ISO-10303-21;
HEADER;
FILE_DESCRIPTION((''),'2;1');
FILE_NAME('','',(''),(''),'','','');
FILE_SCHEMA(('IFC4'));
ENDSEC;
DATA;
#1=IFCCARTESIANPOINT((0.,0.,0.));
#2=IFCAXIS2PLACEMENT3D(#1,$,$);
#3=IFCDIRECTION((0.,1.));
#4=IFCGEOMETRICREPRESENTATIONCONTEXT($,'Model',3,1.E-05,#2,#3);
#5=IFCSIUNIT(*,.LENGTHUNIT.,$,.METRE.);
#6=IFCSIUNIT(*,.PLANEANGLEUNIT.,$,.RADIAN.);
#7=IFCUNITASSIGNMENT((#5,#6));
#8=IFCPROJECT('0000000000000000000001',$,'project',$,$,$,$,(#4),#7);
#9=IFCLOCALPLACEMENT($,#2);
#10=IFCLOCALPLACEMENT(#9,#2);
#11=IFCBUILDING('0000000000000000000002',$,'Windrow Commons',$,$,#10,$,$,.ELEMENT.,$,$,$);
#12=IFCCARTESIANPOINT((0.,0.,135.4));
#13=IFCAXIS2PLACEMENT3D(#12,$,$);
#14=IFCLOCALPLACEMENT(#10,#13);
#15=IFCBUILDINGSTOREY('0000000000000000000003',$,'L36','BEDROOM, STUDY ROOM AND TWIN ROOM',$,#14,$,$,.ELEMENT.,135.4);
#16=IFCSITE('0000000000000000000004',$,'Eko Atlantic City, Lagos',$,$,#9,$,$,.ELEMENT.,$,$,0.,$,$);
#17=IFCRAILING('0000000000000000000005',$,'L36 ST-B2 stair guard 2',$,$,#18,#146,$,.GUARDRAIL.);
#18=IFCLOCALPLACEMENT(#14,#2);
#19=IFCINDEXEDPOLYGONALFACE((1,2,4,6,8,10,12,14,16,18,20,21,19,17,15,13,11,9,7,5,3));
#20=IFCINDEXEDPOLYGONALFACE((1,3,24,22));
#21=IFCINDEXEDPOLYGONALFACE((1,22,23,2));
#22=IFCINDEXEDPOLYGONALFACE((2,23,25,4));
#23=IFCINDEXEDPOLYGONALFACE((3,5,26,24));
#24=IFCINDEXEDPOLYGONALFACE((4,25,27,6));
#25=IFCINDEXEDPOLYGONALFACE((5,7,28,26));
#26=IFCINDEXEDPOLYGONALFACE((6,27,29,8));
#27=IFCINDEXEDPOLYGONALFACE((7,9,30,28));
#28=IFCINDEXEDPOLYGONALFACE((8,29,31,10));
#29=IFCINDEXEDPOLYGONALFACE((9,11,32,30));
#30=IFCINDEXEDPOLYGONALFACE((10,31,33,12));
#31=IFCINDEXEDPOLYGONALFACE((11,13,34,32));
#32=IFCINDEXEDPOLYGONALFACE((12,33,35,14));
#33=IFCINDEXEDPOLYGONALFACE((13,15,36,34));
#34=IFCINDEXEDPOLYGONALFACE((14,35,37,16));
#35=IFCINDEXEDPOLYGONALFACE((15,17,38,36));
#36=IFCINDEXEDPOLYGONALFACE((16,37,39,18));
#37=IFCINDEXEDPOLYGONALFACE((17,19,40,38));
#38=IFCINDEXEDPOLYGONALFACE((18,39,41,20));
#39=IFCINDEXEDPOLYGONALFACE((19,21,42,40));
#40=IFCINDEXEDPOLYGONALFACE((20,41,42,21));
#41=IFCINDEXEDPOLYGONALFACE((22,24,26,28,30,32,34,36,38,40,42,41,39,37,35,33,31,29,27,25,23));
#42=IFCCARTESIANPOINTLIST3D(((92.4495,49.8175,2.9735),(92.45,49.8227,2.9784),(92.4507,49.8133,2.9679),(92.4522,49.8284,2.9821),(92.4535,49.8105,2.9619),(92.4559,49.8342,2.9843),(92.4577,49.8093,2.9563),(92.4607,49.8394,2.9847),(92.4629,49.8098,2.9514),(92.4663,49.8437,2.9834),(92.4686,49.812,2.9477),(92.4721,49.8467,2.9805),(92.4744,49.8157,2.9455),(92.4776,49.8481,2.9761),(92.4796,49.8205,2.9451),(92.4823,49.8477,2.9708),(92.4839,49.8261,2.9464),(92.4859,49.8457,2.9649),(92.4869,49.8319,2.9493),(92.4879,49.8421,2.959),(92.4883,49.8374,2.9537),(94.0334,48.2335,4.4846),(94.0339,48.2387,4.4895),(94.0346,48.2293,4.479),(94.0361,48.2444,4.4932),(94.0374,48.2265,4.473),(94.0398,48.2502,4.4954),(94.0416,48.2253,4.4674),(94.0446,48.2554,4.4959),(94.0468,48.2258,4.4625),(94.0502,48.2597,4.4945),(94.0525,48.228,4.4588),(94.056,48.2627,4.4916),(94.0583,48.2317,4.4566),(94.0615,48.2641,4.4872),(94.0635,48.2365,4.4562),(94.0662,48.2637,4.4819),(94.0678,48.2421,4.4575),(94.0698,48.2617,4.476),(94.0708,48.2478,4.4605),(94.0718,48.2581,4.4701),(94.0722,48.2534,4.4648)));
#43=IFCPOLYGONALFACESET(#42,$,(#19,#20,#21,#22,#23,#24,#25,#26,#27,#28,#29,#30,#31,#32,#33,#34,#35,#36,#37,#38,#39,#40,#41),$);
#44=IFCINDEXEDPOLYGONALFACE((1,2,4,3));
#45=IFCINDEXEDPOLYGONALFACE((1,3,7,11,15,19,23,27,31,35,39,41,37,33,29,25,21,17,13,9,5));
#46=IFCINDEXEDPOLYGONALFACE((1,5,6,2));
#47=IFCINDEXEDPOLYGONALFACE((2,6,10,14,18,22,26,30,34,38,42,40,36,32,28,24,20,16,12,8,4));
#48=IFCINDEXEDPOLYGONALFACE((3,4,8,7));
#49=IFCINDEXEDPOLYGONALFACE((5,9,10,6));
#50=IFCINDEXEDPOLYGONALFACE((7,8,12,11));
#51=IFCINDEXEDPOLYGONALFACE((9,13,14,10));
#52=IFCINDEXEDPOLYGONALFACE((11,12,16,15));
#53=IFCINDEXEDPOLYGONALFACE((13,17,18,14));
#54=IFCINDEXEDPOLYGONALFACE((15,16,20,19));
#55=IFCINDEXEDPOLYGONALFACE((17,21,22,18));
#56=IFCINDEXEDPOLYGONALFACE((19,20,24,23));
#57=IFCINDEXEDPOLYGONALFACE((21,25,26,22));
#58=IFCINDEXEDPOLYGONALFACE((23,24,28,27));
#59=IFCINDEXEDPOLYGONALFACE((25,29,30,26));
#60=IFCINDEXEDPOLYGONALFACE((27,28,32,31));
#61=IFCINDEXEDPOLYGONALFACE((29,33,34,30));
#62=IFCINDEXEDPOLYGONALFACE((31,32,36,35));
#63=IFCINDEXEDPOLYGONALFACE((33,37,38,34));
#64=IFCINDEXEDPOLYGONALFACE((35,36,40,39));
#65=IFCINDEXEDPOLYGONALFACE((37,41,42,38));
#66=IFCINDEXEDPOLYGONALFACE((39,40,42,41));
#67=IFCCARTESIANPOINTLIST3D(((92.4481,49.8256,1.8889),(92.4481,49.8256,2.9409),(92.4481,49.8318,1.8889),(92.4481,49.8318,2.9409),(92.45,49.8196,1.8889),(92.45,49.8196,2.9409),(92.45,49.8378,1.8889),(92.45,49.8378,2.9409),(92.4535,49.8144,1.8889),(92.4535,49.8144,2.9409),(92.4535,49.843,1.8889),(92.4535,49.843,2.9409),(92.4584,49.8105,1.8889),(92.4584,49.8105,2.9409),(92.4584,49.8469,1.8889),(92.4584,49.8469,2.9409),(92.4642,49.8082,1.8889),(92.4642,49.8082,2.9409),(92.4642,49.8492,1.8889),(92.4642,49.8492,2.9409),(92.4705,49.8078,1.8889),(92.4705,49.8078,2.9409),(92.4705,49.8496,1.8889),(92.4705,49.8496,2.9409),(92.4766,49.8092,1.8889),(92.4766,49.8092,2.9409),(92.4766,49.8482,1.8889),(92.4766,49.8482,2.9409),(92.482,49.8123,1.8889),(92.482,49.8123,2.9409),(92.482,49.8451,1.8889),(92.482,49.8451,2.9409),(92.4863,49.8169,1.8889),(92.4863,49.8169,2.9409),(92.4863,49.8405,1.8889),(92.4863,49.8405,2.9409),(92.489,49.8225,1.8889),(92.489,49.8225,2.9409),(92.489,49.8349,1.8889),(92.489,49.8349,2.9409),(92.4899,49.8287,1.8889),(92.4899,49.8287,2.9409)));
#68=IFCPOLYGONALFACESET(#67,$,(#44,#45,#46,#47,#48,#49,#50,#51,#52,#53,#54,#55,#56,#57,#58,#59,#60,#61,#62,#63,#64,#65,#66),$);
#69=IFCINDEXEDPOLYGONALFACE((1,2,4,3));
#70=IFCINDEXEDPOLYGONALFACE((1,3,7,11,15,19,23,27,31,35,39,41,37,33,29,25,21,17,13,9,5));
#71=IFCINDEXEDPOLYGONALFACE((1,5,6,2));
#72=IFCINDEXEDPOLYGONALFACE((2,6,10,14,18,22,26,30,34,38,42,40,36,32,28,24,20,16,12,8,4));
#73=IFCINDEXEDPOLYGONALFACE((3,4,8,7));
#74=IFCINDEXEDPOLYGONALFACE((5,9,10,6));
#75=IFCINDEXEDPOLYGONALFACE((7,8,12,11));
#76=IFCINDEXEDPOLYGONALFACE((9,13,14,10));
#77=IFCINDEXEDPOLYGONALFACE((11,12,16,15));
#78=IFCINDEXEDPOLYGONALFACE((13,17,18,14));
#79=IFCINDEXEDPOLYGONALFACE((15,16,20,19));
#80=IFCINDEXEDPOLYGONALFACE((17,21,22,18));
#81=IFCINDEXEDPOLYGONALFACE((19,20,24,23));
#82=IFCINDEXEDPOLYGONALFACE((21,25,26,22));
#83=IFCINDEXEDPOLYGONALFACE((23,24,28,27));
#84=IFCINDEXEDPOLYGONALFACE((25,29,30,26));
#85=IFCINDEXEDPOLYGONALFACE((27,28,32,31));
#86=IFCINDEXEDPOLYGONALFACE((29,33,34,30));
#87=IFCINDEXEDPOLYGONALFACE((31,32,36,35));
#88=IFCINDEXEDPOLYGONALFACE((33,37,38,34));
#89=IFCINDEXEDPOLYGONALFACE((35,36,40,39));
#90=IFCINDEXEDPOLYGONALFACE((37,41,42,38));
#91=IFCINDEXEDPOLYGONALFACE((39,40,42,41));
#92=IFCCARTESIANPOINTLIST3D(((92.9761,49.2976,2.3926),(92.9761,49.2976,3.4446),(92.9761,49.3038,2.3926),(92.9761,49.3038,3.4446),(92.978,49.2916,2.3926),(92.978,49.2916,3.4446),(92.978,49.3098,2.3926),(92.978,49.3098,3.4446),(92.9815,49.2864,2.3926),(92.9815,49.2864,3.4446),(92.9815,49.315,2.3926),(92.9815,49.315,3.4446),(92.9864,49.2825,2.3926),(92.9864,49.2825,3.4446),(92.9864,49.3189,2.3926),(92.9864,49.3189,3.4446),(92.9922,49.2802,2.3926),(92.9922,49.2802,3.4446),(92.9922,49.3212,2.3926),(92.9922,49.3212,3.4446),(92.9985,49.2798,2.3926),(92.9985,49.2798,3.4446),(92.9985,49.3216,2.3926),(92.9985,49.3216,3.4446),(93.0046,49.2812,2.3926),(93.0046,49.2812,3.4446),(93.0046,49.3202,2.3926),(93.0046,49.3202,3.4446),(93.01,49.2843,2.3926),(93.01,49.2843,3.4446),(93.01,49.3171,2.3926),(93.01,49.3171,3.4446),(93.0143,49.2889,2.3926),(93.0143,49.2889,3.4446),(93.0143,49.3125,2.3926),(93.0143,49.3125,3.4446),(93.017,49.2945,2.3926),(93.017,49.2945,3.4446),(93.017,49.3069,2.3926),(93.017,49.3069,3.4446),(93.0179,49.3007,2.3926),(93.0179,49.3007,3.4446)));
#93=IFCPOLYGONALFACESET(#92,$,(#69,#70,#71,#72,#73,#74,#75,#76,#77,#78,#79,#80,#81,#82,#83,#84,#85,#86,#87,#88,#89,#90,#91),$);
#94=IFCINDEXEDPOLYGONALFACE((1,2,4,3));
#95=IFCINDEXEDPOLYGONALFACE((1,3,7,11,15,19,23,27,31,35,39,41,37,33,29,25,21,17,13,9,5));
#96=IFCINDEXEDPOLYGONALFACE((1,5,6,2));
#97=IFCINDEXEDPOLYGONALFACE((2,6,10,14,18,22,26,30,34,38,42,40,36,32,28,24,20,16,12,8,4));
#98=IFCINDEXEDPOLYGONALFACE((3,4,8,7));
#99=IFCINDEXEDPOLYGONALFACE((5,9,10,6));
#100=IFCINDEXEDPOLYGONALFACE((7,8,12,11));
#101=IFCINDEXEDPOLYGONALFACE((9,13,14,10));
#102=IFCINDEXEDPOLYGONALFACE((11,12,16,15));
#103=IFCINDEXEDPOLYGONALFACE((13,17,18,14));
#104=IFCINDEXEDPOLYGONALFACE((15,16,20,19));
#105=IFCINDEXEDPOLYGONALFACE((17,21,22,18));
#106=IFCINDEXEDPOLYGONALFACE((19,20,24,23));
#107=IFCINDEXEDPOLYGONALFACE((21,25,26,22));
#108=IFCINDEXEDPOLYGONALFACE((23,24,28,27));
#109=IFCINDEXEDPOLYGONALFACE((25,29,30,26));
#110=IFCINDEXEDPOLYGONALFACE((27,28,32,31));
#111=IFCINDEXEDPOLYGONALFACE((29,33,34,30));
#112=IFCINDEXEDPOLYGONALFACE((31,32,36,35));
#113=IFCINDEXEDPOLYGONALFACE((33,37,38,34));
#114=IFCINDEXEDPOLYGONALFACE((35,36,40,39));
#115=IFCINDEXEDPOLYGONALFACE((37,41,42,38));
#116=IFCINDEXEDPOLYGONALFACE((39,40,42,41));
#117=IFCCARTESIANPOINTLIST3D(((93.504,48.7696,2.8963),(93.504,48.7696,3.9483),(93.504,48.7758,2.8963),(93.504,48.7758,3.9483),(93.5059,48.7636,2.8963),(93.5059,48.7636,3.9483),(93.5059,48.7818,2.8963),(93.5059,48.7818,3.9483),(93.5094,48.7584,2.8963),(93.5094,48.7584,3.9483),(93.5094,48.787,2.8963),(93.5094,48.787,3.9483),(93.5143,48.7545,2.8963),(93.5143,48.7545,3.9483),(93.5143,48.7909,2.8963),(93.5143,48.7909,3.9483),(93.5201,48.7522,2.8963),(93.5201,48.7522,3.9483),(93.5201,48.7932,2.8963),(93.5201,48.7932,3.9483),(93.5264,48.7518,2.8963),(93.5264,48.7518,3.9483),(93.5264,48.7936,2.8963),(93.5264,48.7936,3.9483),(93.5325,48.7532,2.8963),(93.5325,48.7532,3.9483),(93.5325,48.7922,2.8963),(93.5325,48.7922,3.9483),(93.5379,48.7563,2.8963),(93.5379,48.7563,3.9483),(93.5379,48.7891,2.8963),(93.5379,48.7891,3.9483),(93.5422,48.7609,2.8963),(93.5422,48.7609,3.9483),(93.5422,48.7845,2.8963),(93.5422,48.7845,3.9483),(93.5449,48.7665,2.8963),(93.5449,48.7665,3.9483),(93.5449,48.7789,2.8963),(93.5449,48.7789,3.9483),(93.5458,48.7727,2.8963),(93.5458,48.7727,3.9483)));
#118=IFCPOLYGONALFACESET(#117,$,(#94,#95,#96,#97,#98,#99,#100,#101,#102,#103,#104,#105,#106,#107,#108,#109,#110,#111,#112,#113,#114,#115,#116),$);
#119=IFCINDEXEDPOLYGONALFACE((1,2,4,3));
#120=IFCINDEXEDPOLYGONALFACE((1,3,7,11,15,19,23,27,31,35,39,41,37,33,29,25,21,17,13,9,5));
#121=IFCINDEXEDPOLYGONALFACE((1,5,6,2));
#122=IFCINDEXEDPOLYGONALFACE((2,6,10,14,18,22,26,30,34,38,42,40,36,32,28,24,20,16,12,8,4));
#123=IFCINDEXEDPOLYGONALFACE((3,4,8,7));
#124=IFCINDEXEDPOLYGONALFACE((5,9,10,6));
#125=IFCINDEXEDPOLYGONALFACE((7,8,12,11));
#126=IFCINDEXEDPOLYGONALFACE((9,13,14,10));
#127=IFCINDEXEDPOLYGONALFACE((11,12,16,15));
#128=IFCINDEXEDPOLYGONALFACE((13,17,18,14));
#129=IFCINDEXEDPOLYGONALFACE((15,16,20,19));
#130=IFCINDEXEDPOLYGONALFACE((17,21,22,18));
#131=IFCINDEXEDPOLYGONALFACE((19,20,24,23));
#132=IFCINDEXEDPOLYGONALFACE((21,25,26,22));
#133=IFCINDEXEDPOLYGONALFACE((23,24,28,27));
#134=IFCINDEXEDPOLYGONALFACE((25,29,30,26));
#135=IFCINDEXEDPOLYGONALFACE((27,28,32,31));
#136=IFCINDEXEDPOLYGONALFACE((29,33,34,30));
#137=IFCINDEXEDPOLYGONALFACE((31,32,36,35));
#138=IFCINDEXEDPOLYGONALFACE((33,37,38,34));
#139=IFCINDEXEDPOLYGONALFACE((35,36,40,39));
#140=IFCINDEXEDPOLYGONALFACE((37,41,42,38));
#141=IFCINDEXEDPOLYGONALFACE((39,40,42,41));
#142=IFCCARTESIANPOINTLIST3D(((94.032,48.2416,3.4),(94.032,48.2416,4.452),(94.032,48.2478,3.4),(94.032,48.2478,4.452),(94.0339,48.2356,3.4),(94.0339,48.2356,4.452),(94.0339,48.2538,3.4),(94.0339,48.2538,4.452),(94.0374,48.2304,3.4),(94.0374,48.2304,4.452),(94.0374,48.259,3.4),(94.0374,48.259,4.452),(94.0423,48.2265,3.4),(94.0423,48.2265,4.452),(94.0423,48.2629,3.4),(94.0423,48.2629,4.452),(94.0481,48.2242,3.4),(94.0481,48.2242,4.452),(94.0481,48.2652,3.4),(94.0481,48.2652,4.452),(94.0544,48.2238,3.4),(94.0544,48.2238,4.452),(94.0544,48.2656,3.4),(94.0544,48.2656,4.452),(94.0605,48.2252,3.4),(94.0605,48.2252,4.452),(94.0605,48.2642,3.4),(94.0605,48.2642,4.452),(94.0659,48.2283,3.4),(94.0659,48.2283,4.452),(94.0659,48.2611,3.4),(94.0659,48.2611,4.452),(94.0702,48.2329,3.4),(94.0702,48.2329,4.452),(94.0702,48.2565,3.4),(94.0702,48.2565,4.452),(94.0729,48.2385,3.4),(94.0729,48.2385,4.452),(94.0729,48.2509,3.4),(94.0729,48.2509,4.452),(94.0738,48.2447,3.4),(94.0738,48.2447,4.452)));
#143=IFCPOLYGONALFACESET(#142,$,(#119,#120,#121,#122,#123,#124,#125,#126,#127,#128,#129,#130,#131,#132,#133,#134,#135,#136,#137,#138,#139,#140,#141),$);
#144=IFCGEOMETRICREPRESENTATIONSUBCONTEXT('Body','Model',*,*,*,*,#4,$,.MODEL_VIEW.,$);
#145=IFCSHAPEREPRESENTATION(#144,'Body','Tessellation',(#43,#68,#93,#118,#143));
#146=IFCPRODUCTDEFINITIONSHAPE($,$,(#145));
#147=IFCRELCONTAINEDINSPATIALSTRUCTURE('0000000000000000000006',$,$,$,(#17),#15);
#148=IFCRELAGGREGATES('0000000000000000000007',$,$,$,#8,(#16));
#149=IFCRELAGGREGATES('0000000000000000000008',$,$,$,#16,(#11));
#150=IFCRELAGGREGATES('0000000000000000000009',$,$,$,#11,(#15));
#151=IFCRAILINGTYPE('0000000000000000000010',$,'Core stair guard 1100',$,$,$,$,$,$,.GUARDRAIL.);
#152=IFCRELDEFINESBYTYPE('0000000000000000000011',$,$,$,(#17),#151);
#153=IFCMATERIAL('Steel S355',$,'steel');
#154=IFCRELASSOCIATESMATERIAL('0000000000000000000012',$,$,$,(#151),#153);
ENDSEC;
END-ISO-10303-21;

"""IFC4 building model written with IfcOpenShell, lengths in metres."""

from ifc_helpers import new_model, si_unit, direction, frame, origin, origin_2d, place, context, subcontext, project, spatial, circle, extrude, material, type_object, element, save


model = new_model("IFC4")

# Units and contexts
model_context = context("Model", 3, precision=1e-05, world=origin(), true_north=direction((0.0, 1.0)))
body_context = subcontext(model_context, "Body", "Model", "MODEL_VIEW")
ifc_project = project(units=[si_unit("LENGTHUNIT", "METRE"), si_unit("PLANEANGLEUNIT", "RADIAN")], contexts=[model_context])

# Site, building, storey
site_placement = place(None, origin())
site = spatial("IfcSite", under=ifc_project, at=site_placement, Name="Eko Atlantic City, Lagos", CompositionType="ELEMENT", RefElevation=0.0)
building_placement = place(site_placement, origin())
building = spatial("IfcBuilding", under=site, at=building_placement, Name="Windrow Commons", CompositionType="ELEMENT")
storey_placement = place(building_placement, frame((0.0, 0.0, 135.4)))
storey = spatial("IfcBuildingStorey", under=building, at=storey_placement, Name="L36", Description="BEDROOM, STUDY ROOM AND TWIN ROOM", CompositionType="ELEMENT", Elevation=135.4)

# Railing
ifc_material_1 = material(Name="Steel S355", Category="steel")
railing_type_1 = type_object("IfcRailingType", Name="Core stair guard 1100", PredefinedType="GUARDRAIL", material=ifc_material_1)
railing_1_placement = place(storey_placement, frame((92.4689, 49.8287, 1.8889)))
element("IfcRailing", 1, at=railing_1_placement, inside=storey, type_object=railing_type_1, Name="L36 ST-B2 stair guard 2", PredefinedType="GUARDRAIL", context=body_context, shape_type="SweptSolid", body=[
    extrude(circle(Radius=0.024, at=origin_2d()), frame((0.0, 0.0, 1.076), z_axis=(0.586179, -0.586216, 0.559237), x_axis=(0.707129, 0.707084, 0.0)), (0.0, 0.0, 1.0), 2.7021),
    extrude(circle(Radius=0.021, at=origin_2d()), origin(), (0.0, 0.0, 1.0), 1.052),
    extrude(circle(Radius=0.021, at=origin_2d()), frame((0.528, -0.528, 0.5037)), (0.0, 0.0, 1.0), 1.052),
    extrude(circle(Radius=0.021, at=origin_2d()), frame((1.0559, -1.056, 1.0074)), (0.0, 0.0, 1.0), 1.052),
    extrude(circle(Radius=0.021, at=origin_2d()), frame((1.5839, -1.584, 1.5111)), (0.0, 0.0, 1.0), 1.052),
])

save(model, "model.ifc")
